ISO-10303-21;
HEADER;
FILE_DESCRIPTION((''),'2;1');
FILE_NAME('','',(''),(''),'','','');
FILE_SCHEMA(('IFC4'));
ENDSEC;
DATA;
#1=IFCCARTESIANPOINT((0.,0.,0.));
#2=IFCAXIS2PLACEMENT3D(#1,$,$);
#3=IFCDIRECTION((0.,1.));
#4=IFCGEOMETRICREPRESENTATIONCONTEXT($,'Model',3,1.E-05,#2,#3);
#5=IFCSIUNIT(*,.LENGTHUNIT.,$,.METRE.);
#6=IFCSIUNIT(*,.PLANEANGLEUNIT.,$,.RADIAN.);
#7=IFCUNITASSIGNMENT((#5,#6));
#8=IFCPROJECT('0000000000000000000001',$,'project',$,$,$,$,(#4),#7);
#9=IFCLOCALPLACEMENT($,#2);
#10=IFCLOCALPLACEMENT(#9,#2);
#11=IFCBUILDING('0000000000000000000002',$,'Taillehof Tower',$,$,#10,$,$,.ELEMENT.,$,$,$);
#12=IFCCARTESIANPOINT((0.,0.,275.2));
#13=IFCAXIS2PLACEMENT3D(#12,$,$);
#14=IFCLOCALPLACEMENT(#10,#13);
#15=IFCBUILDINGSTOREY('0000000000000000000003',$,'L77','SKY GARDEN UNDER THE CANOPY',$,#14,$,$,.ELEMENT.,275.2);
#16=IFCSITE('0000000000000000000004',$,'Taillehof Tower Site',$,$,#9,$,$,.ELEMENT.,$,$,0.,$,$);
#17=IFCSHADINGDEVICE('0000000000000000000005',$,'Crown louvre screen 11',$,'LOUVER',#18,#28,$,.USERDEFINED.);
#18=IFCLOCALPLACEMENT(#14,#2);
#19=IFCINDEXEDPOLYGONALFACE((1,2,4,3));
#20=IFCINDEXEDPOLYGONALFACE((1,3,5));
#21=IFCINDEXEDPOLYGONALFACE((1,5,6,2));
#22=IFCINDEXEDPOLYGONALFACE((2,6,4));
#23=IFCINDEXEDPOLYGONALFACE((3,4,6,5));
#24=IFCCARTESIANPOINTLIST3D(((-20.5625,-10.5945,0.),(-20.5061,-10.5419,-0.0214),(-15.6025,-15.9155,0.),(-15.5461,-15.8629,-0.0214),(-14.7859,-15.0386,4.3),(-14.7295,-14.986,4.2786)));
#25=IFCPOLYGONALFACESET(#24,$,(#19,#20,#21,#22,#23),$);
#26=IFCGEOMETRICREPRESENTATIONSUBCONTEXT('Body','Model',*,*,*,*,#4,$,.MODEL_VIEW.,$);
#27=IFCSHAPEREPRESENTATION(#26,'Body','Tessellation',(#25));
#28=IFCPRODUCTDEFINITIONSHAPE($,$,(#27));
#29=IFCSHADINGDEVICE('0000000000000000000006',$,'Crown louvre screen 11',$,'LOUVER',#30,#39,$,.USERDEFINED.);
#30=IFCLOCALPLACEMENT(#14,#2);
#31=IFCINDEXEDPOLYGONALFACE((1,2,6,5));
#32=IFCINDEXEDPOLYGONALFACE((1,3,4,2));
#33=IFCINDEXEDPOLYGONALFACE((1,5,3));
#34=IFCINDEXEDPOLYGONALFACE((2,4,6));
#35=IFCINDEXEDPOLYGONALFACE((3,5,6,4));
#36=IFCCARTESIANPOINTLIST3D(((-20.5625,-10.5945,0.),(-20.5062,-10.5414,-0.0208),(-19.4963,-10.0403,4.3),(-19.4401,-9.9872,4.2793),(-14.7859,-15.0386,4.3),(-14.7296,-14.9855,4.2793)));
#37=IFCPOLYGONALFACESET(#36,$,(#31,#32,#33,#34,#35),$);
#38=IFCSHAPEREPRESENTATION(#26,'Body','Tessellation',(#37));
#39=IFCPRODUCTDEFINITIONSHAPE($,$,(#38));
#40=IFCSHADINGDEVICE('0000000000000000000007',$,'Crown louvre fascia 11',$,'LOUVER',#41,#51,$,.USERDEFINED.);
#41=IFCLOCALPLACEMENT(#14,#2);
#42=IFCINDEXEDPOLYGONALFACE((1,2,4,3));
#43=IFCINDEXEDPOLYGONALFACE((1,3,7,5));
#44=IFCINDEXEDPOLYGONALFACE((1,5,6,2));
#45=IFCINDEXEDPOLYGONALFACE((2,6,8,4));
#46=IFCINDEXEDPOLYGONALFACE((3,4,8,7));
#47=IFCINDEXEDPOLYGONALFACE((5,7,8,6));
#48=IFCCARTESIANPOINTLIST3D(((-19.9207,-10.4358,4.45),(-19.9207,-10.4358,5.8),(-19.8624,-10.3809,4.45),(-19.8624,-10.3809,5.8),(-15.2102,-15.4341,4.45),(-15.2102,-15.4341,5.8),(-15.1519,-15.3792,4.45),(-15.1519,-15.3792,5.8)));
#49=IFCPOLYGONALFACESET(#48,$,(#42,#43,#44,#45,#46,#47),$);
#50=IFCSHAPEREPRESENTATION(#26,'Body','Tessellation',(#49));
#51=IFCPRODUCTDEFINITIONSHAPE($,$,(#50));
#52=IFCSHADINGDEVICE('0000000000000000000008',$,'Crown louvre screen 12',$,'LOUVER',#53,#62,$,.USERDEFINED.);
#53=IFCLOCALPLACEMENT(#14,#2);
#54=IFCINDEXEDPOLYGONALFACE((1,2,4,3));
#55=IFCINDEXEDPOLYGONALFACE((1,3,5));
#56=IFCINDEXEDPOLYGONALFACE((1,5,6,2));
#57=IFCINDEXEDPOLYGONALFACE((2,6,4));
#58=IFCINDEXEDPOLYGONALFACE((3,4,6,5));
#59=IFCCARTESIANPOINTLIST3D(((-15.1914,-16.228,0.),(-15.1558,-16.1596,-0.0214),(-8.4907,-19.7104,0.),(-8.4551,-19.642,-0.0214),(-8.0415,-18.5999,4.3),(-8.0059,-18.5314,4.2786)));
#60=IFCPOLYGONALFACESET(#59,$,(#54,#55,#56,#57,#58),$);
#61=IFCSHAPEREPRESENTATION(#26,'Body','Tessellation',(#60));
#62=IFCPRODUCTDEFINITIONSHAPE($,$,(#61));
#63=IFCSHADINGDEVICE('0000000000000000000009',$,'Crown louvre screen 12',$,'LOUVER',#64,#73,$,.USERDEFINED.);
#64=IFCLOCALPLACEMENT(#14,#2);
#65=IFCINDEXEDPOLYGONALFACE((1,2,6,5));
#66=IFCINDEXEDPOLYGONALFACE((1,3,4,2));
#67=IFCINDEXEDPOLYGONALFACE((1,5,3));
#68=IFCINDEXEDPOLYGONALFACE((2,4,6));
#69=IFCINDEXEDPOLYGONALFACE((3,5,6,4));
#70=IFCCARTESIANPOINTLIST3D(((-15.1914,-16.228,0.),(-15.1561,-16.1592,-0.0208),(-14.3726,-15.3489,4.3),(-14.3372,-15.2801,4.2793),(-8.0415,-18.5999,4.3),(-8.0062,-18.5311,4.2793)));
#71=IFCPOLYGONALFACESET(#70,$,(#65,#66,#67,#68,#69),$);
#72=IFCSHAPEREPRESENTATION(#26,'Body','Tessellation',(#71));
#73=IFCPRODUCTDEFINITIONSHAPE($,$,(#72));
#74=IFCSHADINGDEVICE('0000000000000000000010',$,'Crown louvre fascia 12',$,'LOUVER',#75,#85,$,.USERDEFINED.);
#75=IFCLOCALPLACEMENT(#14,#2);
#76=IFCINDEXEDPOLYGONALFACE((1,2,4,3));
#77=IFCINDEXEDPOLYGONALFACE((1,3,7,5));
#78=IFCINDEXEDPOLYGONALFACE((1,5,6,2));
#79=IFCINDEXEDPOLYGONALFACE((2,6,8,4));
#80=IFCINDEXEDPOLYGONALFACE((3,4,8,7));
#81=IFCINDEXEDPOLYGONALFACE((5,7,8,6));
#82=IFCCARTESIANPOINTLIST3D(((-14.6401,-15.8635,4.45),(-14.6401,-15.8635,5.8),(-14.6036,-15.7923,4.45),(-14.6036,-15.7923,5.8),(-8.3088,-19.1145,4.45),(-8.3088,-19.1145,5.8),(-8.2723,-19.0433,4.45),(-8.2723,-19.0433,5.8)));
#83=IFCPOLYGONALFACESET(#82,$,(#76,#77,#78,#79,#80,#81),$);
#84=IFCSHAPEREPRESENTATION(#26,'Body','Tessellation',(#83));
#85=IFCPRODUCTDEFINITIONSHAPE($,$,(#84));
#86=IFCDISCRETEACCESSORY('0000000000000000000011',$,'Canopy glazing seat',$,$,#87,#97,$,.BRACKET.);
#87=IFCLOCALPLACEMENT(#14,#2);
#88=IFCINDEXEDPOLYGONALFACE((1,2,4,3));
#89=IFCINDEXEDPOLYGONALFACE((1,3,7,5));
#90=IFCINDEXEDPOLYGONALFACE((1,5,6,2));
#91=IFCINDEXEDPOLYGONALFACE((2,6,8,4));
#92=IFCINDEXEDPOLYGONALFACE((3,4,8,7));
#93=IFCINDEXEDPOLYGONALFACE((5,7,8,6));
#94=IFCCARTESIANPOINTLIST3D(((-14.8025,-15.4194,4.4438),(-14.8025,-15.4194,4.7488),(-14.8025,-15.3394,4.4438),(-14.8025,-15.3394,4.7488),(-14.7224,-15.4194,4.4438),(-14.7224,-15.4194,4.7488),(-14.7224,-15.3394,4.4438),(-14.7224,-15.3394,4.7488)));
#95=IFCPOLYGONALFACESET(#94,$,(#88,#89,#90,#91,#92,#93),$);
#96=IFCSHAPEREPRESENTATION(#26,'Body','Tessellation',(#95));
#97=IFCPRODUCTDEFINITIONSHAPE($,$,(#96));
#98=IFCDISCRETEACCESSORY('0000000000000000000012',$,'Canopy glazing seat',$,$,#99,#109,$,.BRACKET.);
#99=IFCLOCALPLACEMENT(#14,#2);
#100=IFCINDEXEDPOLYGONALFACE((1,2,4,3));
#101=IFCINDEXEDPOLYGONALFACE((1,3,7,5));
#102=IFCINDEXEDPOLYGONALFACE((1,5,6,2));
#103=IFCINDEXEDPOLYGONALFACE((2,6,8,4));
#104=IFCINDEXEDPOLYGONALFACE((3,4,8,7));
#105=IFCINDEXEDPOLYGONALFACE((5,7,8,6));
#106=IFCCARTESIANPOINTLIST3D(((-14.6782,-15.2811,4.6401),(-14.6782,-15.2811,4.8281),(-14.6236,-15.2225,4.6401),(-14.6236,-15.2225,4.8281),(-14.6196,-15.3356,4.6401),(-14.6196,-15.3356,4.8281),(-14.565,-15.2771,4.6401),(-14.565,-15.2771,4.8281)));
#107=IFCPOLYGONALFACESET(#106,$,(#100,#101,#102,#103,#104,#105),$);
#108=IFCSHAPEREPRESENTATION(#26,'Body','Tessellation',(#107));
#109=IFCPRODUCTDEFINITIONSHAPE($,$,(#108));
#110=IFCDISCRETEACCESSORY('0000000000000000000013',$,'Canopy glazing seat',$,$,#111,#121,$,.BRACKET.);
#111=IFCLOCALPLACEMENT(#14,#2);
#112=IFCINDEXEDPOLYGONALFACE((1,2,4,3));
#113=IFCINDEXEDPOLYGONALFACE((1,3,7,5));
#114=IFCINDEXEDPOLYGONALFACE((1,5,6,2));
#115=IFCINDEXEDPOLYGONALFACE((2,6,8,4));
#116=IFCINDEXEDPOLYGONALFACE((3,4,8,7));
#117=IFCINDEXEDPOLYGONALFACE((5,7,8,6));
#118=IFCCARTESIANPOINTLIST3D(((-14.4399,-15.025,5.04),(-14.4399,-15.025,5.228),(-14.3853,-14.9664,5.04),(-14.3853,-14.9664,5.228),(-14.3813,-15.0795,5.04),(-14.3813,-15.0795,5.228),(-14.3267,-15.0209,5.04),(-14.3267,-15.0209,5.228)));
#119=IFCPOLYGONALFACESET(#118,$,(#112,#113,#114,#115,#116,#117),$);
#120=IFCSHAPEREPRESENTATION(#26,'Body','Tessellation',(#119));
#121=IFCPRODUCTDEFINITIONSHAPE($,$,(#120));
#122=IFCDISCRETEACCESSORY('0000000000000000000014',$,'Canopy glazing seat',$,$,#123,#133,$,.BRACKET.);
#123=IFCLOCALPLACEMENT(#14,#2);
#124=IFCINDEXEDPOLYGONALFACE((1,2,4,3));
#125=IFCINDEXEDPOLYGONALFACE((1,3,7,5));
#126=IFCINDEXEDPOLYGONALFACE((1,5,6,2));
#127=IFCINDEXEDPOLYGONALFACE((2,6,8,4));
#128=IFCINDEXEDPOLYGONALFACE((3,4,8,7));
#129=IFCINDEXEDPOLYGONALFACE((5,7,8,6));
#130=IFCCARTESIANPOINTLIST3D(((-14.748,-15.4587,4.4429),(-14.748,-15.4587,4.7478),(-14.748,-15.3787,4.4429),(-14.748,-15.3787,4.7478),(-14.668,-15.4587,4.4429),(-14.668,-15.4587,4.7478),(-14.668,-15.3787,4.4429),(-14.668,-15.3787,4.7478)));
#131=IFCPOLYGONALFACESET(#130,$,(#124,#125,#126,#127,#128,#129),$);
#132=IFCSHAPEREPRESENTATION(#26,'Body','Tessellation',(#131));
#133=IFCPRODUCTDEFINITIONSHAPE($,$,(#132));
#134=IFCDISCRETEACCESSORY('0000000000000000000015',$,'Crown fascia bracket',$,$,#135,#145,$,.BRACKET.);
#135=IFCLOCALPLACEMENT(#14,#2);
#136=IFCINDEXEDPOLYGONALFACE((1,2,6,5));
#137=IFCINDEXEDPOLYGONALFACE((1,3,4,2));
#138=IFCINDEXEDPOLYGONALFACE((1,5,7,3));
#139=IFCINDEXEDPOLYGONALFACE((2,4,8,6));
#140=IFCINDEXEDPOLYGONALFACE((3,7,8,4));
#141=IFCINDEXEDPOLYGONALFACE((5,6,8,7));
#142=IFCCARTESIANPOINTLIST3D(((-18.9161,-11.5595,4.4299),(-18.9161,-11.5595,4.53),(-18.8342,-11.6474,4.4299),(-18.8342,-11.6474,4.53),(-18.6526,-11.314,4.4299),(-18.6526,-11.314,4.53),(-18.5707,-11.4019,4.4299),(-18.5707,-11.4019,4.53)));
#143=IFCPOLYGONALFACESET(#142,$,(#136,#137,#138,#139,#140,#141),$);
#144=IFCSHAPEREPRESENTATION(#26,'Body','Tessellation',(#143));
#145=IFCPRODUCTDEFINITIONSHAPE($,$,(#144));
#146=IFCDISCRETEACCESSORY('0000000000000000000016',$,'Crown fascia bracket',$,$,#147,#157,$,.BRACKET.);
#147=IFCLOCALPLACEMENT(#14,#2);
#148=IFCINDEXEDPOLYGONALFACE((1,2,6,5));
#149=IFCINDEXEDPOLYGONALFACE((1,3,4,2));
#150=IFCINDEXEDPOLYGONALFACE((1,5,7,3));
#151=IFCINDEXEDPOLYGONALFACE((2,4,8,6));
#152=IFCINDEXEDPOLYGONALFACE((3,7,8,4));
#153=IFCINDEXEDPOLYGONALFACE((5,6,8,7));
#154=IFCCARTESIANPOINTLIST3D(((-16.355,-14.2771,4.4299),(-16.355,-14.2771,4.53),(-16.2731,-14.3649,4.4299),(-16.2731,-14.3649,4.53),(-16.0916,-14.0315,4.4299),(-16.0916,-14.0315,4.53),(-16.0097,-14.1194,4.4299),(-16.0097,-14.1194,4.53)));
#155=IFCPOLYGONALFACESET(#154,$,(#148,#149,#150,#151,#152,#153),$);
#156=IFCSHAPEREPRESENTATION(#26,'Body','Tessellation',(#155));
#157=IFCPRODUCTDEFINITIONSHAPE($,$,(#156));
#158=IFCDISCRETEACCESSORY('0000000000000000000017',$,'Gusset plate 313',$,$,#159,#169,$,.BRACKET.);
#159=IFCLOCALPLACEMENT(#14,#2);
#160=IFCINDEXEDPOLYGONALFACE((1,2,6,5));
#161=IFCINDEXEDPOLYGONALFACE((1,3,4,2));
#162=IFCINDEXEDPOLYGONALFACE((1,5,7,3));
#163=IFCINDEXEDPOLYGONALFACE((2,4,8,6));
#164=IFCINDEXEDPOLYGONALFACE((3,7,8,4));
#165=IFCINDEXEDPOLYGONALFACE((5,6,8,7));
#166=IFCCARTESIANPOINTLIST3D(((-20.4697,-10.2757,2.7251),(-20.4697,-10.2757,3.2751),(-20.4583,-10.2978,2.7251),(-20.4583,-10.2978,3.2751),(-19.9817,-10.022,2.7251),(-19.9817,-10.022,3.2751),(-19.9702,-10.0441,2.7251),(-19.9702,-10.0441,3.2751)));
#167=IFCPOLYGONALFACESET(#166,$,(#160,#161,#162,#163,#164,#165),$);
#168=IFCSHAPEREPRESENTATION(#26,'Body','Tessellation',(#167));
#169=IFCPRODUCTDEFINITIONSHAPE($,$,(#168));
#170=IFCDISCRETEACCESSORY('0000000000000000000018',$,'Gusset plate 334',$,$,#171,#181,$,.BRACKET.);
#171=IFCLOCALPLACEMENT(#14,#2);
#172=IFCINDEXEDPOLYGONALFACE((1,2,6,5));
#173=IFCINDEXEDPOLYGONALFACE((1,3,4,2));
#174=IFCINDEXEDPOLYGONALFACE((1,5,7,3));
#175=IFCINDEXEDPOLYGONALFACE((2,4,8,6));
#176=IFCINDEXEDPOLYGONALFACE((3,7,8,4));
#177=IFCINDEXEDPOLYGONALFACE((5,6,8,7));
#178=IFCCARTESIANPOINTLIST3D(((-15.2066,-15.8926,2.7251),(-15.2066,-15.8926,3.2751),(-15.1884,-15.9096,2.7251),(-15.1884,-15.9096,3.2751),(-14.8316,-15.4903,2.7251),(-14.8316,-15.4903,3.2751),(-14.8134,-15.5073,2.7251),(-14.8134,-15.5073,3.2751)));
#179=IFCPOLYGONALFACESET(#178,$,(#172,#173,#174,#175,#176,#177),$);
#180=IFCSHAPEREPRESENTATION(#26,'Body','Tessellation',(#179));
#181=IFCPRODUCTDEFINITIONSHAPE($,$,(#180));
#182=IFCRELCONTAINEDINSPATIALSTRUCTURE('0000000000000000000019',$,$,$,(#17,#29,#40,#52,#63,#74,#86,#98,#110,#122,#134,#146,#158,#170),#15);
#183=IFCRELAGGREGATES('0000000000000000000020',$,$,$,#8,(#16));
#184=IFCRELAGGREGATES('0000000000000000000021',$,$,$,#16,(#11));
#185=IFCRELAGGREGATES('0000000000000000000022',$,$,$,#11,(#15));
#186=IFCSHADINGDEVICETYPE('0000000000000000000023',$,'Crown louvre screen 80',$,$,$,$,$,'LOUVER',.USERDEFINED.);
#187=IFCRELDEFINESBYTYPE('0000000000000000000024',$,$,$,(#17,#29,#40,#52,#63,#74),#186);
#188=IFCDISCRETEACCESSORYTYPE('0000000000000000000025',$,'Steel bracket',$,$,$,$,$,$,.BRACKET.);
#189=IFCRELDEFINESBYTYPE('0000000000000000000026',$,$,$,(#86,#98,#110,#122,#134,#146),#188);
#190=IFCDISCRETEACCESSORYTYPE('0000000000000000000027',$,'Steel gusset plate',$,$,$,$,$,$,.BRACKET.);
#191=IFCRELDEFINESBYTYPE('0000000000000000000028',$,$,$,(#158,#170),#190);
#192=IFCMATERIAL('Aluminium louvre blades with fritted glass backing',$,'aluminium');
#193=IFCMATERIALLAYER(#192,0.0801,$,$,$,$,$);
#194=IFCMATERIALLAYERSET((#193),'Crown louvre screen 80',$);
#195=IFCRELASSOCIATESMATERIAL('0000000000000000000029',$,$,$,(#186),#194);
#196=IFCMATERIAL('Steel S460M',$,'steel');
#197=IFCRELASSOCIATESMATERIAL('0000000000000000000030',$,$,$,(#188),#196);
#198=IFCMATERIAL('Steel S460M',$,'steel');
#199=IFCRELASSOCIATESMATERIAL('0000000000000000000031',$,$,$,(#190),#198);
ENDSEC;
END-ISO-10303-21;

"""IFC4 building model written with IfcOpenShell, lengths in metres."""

from ifc_helpers import new_model, si_unit, direction, frame, origin, origin_2d, place, context, subcontext, project, spatial, polyline, rectangle, outline, extrude, material, layer, layer_set, type_object, element, save


model = new_model("IFC4")

# Units and contexts
model_context = context("Model", 3, precision=1e-05, world=origin(), true_north=direction((0.0, 1.0)))
body_context = subcontext(model_context, "Body", "Model", "MODEL_VIEW")
ifc_project = project(units=[si_unit("LENGTHUNIT", "METRE"), si_unit("PLANEANGLEUNIT", "RADIAN")], contexts=[model_context])

# Site, building, storey
site_placement = place(None, origin())
site = spatial("IfcSite", under=ifc_project, at=site_placement, Name="Taillehof Tower Site", CompositionType="ELEMENT", RefElevation=0.0)
building_placement = place(site_placement, origin())
building = spatial("IfcBuilding", under=site, at=building_placement, Name="Taillehof Tower", CompositionType="ELEMENT")
storey_placement = place(building_placement, frame((0.0, 0.0, 275.2)))
storey = spatial("IfcBuildingStorey", under=building, at=storey_placement, Name="L77", Description="SKY GARDEN UNDER THE CANOPY", CompositionType="ELEMENT", Elevation=275.2)

# Shading devices
ifc_material_1 = material(Name="Aluminium louvre blades with fritted glass backing", Category="aluminium")
ifc_layer_1 = layer(ifc_material_1, 0.0801)
ifc_layer_set_1 = layer_set([ifc_layer_1], Name="Crown louvre screen 80")
shading_device_type = type_object("IfcShadingDeviceType", Name="Crown louvre screen 80", ElementType="LOUVER", PredefinedType="USERDEFINED", material=ifc_layer_set_1)
shading_device_1_placement = place(storey_placement, frame((-20.5625, -10.5945, 0.0), z_axis=(-0.704767, -0.656942, 0.267824), x_axis=(0.681852, -0.73149, 0.0)))
element("IfcShadingDevice", 1, at=shading_device_1_placement, inside=storey, type_object=shading_device_type, Name="Crown louvre screen 11", ObjectType="LOUVER", PredefinedType="USERDEFINED", context=body_context, shape_type="SweptSolid", body=[
    extrude(outline(polyline([(0.0, 0.0), (7.2743, 0.0), (7.1896, 4.4631), (0.0, 0.0)])), origin(), (0.0, 0.0, -1.0), 0.0801),
])
shading_device_2_placement = place(storey_placement, frame((-20.5625, -10.5945, 0.0), z_axis=(-0.702798, -0.662325, 0.259615), x_axis=(0.682633, -0.525167, 0.508145)))
element("IfcShadingDevice", 2, at=shading_device_2_placement, inside=storey, type_object=shading_device_type, Name="Crown louvre screen 11", ObjectType="LOUVER", PredefinedType="USERDEFINED", context=body_context, shape_type="SweptSolid", body=[
    extrude(outline(polyline([(0.0, 0.0), (8.4622, 0.0), (2.6218, 3.6139), (0.0, 0.0)])), origin(), (0.0, 0.0, -1.0), 0.0801),
])
shading_device_3_placement = place(storey_placement, frame((-19.9207, -10.4358, 4.45), z_axis=(-0.727751, -0.685841, 0.0), x_axis=(0.685841, -0.727751, 0.0)))
element("IfcShadingDevice", 3, at=shading_device_3_placement, inside=storey, type_object=shading_device_type, Name="Crown louvre fascia 11", ObjectType="LOUVER", PredefinedType="USERDEFINED", context=body_context, shape_type="SweptSolid", body=[
    extrude(outline(polyline([(0.0, 0.0), (6.8681, 0.0), (6.8681, 1.3501), (0.0, 1.3501), (0.0, 0.0)])), origin(), (0.0, 0.0, -1.0), 0.0801),
])
shading_device_4_placement = place(storey_placement, frame((-15.1914, -16.228, 0.0), z_axis=(-0.444377, -0.855045, 0.26726), x_axis=(0.887322, -0.461151, 0.0)))
element("IfcShadingDevice", 4, at=shading_device_4_placement, inside=storey, type_object=shading_device_type, Name="Crown louvre screen 12", ObjectType="LOUVER", PredefinedType="USERDEFINED", context=body_context, shape_type="SweptSolid", body=[
    extrude(outline(polyline([(0.0, 0.0), (7.5516, 0.0), (7.438, 4.4624), (0.0, 0.0)])), origin(), (0.0, 0.0, -1.0), 0.0801),
])
shading_device_5_placement = place(storey_placement, frame((-15.1914, -16.228, 0.0), z_axis=(-0.441127, -0.859066, 0.25964), x_axis=(0.824298, -0.273443, 0.495744)))
element("IfcShadingDevice", 5, at=shading_device_5_placement, inside=storey, type_object=shading_device_type, Name="Crown louvre screen 12", ObjectType="LOUVER", PredefinedType="USERDEFINED", context=body_context, shape_type="SweptSolid", body=[
    extrude(outline(polyline([(0.0, 0.0), (8.6739, 0.0), (2.5663, 3.6535), (0.0, 0.0)])), origin(), (0.0, 0.0, -1.0), 0.0801),
])
shading_device_6_placement = place(storey_placement, frame((-14.6401, -15.8635, 4.45), z_axis=(-0.456779, -0.88958, 0.0), x_axis=(0.88958, -0.456779, 0.0)))
element("IfcShadingDevice", 6, at=shading_device_6_placement, inside=storey, type_object=shading_device_type, Name="Crown louvre fascia 12", ObjectType="LOUVER", PredefinedType="USERDEFINED", context=body_context, shape_type="SweptSolid", body=[
    extrude(outline(polyline([(0.0, 0.0), (7.1172, 0.0), (7.1172, 1.3501), (0.0, 1.3501), (0.0, 0.0)])), origin(), (0.0, 0.0, -1.0), 0.0801),
])

# Discrete accessories
ifc_material_2 = material(Name="Steel S460M", Category="steel")
discrete_accessory_type_1 = type_object("IfcDiscreteAccessoryType", Name="Steel bracket", PredefinedType="BRACKET", material=ifc_material_2)
discrete_accessory_1_placement = place(storey_placement, frame((-14.7625, -15.3794, 4.4438), z_axis=(0.0, 0.0, 1.0), x_axis=(1.0, 0.0, 0.0)))
element("IfcDiscreteAccessory", 7, at=discrete_accessory_1_placement, inside=storey, type_object=discrete_accessory_type_1, Name="Canopy glazing seat", PredefinedType="BRACKET", context=body_context, shape_type="SweptSolid", body=[
    extrude(rectangle(XDim=0.0801, YDim=0.0801, at=origin_2d()), origin(), (0.0, 0.0, 1.0), 0.3049),
])
for number, where, z_axis, x_axis, name in (
    (8, (-14.6216, -15.2791, 4.6401), (0.0, 0.0, 1.0), (0.681656, 0.731673, 0.0), "Canopy glazing seat"),
    (9, (-14.3833, -15.0229, 5.04), (0.0, 0.0, 1.0), (0.681656, 0.731673, 0.0), "Canopy glazing seat"),
):
    element("IfcDiscreteAccessory", number, at=place(storey_placement, frame(where, z_axis=z_axis, x_axis=x_axis)), inside=storey, type_object=discrete_accessory_type_1, Name=name, PredefinedType="BRACKET", context=body_context, shape_type="SweptSolid", body=[
        extrude(rectangle(XDim=0.0801, YDim=0.0801, at=origin_2d()), origin(), (0.0, 0.0, 1.0), 0.188),
    ])
discrete_accessory_2_placement = place(storey_placement, frame((-14.708, -15.4187, 4.4429), z_axis=(0.0, 0.0, 1.0), x_axis=(1.0, 0.0, 0.0)))
element("IfcDiscreteAccessory", 10, at=discrete_accessory_2_placement, inside=storey, type_object=discrete_accessory_type_1, Name="Canopy glazing seat", PredefinedType="BRACKET", context=body_context, shape_type="SweptSolid", body=[
    extrude(rectangle(XDim=0.0801, YDim=0.0801, at=origin_2d()), origin(), (0.0, 0.0, 1.0), 0.3049),
])
for number, where, z_axis, x_axis, name in (
    (11, (-18.7434, -11.4807, 4.4299), (0.0, 0.0, 1.0), (-0.731499, -0.681843, 0.0), "Crown fascia bracket"),
    (12, (-16.1824, -14.1982, 4.4299), (0.0, 0.0, 1.0), (-0.731499, -0.681843, 0.0), "Crown fascia bracket"),
):
    element("IfcDiscreteAccessory", number, at=place(storey_placement, frame(where, z_axis=z_axis, x_axis=x_axis)), inside=storey, type_object=discrete_accessory_type_1, Name=name, PredefinedType="BRACKET", context=body_context, shape_type="SweptSolid", body=[
        extrude(rectangle(XDim=0.3601, YDim=0.1201, at=origin_2d()), origin(), (0.0, 0.0, 1.0), 0.1001),
    ])
ifc_material_3 = material(Name="Steel S460M", Category="steel")
discrete_accessory_type_2 = type_object("IfcDiscreteAccessoryType", Name="Steel gusset plate", PredefinedType="BRACKET", material=ifc_material_3)
for number, where, z_axis, x_axis, name in (
    (13, (-20.22, -10.1599, 2.7251), (0.0, 0.0, 1.0), (0.88731, 0.461173, 0.0), "Gusset plate 313"),
    (14, (-15.01, -15.7, 2.7251), (0.0, 0.0, 1.0), (0.681844, 0.731498, 0.0), "Gusset plate 334"),
):
    element("IfcDiscreteAccessory", number, at=place(storey_placement, frame(where, z_axis=z_axis, x_axis=x_axis)), inside=storey, type_object=discrete_accessory_type_2, Name=name, PredefinedType="BRACKET", context=body_context, shape_type="SweptSolid", body=[
        extrude(rectangle(XDim=0.55, YDim=0.0249, at=origin_2d()), origin(), (0.0, 0.0, 1.0), 0.55),
    ])

save(model, "model.ifc")
